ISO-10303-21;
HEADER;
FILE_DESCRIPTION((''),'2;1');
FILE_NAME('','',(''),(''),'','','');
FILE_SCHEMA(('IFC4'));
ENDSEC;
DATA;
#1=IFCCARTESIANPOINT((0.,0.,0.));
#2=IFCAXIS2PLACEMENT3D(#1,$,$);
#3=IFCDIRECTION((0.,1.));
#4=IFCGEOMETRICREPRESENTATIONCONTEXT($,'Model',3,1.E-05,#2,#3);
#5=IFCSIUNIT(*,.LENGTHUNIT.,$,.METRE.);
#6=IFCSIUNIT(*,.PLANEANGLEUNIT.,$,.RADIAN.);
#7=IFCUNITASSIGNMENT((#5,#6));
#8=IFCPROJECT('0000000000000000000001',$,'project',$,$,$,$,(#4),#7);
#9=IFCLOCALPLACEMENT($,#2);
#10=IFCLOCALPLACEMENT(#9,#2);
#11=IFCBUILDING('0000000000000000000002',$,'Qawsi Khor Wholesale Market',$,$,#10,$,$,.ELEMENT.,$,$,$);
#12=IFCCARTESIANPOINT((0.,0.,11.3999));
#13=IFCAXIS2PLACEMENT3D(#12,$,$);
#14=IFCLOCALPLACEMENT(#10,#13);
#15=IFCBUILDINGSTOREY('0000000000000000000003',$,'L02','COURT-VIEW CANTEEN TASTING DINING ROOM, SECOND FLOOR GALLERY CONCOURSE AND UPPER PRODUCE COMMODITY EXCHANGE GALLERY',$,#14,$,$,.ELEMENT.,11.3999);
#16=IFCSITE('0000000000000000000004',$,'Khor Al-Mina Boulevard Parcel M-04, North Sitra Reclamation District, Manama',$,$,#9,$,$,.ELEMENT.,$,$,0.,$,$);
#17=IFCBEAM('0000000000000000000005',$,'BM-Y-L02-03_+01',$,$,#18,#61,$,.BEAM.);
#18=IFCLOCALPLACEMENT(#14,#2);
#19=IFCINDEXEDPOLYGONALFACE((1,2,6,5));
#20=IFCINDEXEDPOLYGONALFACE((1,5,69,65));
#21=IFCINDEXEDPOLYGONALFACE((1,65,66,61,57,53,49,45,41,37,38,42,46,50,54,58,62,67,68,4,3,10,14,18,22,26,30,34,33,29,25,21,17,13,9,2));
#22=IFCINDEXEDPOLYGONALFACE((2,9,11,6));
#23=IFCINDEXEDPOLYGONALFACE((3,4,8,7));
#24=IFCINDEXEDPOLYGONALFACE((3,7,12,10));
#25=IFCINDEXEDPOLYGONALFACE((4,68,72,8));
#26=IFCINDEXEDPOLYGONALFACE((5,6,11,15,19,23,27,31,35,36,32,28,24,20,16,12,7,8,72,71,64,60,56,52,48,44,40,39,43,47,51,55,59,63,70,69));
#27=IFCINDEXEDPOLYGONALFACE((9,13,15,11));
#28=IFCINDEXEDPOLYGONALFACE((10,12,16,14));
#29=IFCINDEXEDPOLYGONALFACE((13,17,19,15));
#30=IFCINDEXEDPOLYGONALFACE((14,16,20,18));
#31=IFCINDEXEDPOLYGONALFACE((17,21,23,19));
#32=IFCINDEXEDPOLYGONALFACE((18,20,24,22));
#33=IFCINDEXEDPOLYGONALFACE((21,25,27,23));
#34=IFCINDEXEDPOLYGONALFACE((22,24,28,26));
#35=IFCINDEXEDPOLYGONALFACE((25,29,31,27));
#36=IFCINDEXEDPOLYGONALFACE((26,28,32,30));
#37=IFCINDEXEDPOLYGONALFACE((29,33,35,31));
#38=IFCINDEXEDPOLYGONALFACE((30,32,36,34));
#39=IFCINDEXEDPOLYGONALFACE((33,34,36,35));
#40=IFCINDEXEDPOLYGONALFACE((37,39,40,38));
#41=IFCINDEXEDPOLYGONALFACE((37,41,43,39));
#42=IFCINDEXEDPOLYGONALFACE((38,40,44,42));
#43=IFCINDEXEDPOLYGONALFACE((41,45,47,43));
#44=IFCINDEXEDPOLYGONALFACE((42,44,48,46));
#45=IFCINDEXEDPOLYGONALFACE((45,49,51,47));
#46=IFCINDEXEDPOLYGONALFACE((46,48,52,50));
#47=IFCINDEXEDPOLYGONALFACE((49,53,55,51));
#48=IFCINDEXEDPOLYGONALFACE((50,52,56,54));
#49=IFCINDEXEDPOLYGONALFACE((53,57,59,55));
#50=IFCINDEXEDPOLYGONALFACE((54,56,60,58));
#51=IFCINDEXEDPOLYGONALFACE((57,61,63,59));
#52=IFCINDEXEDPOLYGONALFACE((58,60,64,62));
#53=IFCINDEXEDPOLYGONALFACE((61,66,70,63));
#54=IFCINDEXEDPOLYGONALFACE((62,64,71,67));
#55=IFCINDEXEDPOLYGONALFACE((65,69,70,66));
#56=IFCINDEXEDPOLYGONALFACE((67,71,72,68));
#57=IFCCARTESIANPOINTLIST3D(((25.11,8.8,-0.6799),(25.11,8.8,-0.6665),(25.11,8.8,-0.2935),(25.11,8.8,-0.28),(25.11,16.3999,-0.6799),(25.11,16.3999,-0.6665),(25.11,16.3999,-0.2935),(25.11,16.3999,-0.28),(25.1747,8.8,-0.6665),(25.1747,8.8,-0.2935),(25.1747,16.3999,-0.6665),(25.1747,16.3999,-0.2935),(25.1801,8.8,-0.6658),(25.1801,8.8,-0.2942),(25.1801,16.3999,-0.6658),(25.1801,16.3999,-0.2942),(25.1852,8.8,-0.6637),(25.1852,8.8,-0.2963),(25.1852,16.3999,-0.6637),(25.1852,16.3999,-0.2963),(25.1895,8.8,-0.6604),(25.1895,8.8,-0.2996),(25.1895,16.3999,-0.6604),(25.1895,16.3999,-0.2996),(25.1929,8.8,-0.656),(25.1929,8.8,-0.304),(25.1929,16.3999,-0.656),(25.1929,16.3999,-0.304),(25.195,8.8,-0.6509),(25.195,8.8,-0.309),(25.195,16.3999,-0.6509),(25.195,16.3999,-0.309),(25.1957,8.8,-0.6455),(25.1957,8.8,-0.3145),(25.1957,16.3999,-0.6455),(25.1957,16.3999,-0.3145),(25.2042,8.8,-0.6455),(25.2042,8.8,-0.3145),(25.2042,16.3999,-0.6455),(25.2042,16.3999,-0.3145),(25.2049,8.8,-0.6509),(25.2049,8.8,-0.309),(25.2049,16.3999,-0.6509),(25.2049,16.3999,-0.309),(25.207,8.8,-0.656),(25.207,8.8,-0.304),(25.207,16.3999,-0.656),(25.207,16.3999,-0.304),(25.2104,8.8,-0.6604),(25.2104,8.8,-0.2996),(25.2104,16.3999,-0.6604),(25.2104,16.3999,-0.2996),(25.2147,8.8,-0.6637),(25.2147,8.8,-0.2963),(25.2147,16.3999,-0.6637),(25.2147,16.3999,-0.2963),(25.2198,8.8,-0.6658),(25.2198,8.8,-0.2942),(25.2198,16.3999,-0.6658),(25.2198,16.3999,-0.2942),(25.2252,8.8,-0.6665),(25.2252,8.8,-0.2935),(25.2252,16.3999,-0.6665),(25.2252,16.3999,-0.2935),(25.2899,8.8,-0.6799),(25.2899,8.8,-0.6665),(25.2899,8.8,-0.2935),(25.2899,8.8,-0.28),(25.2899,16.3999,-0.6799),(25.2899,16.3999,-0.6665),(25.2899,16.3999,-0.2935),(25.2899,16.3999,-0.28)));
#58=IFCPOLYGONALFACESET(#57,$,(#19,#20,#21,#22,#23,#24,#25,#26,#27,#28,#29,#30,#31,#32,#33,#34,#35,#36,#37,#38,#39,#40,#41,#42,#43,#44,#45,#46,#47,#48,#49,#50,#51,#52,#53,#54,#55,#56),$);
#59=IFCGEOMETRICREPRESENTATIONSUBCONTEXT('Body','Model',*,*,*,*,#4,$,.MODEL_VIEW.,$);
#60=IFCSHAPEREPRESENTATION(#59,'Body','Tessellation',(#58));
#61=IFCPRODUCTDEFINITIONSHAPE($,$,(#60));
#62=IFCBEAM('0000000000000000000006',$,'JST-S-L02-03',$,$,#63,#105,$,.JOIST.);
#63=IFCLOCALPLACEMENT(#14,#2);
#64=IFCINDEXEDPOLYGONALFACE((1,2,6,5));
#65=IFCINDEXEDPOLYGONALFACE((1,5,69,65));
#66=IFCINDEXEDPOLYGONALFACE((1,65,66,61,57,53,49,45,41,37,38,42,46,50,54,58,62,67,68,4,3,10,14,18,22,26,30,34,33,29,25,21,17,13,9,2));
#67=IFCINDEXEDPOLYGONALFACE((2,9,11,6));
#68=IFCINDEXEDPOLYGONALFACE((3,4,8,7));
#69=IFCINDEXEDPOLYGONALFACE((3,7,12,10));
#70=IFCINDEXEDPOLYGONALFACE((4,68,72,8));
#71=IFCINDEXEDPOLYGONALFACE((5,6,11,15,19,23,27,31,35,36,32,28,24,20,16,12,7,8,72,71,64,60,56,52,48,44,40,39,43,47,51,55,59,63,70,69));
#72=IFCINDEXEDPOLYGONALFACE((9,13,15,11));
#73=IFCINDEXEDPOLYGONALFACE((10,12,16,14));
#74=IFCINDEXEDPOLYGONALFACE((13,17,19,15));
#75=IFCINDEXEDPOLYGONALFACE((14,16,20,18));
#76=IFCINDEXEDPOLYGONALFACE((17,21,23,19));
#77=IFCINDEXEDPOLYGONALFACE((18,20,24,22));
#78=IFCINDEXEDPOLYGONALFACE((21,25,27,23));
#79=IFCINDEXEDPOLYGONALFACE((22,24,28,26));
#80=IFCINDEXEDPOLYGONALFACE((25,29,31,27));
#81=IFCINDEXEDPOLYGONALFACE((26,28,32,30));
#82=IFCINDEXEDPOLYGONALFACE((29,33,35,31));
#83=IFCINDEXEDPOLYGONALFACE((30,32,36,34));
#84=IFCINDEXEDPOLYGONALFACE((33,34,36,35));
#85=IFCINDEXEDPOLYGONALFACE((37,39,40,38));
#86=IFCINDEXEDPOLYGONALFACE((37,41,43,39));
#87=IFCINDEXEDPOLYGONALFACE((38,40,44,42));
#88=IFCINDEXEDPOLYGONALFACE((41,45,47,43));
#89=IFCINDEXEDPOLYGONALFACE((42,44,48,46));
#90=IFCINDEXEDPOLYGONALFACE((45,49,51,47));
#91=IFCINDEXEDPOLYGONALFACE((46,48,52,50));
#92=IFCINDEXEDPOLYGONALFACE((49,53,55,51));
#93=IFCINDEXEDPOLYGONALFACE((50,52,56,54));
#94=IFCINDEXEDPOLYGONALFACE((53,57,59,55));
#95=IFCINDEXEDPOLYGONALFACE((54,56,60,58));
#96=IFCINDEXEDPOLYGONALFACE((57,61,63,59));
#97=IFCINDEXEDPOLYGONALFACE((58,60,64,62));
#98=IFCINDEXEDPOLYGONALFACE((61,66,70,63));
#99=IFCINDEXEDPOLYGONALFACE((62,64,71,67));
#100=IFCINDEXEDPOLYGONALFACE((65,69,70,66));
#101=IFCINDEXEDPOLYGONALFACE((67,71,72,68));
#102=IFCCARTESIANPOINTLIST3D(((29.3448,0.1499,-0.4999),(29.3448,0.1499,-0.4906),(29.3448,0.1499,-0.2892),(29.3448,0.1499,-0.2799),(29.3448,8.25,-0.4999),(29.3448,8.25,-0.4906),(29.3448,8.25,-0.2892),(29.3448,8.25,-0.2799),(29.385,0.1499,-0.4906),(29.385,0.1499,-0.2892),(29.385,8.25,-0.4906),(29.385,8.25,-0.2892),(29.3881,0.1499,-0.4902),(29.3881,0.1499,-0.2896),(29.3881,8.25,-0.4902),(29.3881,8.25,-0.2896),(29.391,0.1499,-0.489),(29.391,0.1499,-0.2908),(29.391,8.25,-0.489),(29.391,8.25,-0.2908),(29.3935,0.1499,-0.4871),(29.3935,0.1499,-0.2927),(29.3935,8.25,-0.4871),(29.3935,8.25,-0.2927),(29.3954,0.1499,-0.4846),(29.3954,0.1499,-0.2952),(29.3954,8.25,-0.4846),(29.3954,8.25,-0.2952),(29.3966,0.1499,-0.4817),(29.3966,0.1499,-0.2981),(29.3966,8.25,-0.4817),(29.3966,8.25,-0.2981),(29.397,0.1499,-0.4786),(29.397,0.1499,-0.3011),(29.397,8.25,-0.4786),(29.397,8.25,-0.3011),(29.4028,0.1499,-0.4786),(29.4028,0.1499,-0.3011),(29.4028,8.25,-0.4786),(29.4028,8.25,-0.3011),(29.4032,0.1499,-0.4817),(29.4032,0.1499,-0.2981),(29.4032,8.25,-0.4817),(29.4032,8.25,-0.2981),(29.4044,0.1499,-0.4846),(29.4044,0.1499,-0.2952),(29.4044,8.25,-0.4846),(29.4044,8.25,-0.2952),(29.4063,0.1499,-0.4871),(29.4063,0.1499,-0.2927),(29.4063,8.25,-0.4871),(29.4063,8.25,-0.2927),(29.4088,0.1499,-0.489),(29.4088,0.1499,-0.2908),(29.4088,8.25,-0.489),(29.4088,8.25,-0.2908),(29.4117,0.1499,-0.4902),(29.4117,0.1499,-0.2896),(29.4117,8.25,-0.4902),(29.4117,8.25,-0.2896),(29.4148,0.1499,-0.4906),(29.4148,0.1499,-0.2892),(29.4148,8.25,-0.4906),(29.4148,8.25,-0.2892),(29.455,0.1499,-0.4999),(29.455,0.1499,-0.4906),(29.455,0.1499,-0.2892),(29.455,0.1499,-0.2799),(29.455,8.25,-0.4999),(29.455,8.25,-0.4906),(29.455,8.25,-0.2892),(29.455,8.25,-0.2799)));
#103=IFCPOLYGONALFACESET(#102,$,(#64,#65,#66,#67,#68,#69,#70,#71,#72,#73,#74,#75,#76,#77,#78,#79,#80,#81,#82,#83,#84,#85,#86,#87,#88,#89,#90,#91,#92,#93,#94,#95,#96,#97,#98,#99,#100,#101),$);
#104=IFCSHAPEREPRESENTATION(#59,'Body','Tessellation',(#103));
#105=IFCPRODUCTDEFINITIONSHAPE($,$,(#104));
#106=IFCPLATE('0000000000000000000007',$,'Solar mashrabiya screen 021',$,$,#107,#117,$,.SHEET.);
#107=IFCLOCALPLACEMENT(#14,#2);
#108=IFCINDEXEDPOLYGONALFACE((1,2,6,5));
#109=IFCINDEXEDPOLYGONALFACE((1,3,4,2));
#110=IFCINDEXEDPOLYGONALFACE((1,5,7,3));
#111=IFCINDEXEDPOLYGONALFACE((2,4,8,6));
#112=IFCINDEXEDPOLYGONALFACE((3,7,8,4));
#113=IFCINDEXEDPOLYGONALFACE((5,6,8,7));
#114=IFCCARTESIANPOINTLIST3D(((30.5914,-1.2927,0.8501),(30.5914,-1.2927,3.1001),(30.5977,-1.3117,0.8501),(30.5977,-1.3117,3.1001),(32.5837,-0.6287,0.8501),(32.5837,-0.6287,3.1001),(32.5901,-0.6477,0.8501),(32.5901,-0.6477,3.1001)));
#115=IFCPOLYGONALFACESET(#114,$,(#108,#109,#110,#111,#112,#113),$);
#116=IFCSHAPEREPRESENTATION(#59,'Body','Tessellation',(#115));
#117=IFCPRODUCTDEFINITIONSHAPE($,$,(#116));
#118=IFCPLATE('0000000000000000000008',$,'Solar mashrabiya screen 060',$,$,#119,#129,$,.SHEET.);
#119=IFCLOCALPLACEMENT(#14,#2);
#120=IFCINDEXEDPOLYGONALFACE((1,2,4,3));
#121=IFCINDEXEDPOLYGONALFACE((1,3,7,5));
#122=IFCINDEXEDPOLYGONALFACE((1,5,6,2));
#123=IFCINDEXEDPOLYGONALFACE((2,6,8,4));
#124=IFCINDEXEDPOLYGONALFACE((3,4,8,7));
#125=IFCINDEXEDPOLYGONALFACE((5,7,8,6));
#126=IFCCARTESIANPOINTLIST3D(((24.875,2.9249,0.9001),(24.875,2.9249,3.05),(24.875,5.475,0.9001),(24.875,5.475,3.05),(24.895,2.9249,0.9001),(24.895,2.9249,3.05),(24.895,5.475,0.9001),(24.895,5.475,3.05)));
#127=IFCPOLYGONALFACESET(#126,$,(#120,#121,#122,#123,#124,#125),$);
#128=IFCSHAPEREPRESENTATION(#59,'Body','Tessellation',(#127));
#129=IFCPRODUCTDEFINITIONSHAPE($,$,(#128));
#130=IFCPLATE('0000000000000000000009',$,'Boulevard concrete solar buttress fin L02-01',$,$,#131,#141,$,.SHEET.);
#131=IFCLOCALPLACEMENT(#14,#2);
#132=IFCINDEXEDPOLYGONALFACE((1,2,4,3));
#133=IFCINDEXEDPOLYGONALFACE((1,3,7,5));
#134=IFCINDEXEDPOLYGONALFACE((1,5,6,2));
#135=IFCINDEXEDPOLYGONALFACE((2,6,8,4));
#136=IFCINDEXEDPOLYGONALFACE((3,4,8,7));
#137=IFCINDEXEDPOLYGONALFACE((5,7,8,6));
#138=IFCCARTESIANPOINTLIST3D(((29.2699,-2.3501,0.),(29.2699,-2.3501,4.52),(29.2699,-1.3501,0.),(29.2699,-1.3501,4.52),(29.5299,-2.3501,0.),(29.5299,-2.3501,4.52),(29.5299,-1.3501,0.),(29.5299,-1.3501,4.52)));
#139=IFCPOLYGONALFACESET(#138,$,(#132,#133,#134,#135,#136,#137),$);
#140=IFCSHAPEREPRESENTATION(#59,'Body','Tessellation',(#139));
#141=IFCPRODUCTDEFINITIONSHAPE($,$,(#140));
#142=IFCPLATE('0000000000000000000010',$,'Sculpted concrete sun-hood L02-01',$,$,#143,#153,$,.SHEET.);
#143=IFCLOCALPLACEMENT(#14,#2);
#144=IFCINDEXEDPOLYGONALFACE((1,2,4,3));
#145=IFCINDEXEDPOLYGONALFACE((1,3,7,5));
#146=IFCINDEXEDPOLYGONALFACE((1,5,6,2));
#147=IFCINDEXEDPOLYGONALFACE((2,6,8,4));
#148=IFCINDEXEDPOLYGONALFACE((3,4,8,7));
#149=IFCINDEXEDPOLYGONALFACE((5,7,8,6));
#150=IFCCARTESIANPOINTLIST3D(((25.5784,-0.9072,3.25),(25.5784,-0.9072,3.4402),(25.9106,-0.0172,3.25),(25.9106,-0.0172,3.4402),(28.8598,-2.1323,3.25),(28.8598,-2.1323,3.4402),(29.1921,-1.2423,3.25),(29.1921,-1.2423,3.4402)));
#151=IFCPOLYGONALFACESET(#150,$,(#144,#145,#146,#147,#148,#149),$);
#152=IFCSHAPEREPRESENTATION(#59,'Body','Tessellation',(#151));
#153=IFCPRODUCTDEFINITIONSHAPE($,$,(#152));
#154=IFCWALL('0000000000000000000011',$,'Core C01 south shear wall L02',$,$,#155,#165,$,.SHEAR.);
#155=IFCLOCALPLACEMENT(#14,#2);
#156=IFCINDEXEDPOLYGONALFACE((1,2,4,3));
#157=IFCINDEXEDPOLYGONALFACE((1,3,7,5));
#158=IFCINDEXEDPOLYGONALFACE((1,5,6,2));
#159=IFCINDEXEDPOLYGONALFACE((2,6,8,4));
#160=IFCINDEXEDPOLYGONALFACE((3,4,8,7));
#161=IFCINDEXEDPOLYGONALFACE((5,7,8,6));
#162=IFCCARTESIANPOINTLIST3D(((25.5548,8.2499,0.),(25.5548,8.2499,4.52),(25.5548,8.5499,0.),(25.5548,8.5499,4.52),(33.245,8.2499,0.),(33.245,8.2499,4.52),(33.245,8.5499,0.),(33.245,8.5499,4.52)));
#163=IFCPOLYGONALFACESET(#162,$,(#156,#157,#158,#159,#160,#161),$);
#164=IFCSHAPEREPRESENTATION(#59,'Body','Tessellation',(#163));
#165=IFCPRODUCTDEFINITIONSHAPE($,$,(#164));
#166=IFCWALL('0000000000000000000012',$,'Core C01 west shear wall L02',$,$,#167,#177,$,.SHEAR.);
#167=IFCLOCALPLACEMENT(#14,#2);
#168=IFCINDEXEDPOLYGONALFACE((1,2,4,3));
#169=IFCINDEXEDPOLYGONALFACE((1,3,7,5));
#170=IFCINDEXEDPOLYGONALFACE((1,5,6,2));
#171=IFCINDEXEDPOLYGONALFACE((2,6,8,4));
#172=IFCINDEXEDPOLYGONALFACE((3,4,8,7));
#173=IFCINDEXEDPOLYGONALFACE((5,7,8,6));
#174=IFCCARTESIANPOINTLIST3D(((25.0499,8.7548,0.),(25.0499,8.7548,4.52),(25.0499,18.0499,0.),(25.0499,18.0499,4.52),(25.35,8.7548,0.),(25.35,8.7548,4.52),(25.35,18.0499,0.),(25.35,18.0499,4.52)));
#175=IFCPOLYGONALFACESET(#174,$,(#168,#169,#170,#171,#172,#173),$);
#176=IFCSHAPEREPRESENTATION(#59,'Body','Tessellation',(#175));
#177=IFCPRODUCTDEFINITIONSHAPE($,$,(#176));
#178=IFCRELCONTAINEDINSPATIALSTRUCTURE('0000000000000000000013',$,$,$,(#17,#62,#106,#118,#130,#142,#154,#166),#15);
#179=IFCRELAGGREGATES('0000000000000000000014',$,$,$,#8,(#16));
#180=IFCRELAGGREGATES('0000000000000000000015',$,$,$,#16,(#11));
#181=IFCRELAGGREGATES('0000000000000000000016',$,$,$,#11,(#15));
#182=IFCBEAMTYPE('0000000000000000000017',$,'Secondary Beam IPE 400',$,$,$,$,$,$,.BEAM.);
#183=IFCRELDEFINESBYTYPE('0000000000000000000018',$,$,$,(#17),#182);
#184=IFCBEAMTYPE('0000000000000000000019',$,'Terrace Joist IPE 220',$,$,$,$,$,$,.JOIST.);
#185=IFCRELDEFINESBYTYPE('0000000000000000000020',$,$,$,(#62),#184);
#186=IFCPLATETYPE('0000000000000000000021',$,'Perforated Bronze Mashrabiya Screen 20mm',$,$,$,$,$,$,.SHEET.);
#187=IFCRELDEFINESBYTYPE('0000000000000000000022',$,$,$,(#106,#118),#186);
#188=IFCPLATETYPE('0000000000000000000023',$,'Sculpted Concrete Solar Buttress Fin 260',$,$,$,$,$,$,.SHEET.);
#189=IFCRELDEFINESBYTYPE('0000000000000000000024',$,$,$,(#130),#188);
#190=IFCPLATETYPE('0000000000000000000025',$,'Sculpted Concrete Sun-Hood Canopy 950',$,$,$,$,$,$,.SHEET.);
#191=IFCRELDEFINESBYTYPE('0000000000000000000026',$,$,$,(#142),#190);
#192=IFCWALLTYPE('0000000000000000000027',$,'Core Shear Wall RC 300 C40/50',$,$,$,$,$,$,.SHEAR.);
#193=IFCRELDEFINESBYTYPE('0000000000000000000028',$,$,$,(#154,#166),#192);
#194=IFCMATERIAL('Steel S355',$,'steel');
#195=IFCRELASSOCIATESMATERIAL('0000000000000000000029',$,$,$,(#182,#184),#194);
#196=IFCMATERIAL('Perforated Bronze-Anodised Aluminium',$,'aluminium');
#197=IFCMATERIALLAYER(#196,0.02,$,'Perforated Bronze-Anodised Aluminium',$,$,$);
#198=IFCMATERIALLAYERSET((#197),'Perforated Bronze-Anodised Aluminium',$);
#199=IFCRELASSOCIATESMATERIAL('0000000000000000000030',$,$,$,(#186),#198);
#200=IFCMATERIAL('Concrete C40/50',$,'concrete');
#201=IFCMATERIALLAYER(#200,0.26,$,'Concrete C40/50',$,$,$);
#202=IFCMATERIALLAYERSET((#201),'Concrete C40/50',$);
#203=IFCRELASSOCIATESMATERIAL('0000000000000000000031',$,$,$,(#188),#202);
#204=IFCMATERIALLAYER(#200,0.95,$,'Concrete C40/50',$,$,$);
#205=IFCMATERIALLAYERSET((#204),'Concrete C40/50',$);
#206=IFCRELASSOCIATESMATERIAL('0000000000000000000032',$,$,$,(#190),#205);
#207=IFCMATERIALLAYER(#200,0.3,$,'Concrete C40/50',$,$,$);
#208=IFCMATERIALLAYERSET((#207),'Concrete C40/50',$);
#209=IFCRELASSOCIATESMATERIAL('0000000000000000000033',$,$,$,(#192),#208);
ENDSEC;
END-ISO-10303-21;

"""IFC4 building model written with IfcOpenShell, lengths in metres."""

from ifc_helpers import new_model, si_unit, direction, frame, frame_2d, origin, origin_2d, place, context, subcontext, project, spatial, rectangle, i_section, extrude, material, layer, layer_set, material_profile, profile_set, type_object, element, save


model = new_model("IFC4")

# Units and contexts
model_context = context("Model", 3, precision=1e-05, world=origin(), true_north=direction((0.0, 1.0)))
body_context = subcontext(model_context, "Body", "Model", "MODEL_VIEW")
ifc_project = project(units=[si_unit("LENGTHUNIT", "METRE"), si_unit("PLANEANGLEUNIT", "RADIAN")], contexts=[model_context])

# Site, building, storey
site_placement = place(None, origin())
site = spatial("IfcSite", under=ifc_project, at=site_placement, Name="Khor Al-Mina Boulevard Parcel M-04, North Sitra Reclamation District, Manama", CompositionType="ELEMENT", RefElevation=0.0)
building_placement = place(site_placement, origin())
building = spatial("IfcBuilding", under=site, at=building_placement, Name="Qawsi Khor Wholesale Market", CompositionType="ELEMENT")
storey_placement = place(building_placement, frame((0.0, 0.0, 11.3999)))
storey = spatial("IfcBuildingStorey", under=building, at=storey_placement, Name="L02", Description="COURT-VIEW CANTEEN TASTING DINING ROOM, SECOND FLOOR GALLERY CONCOURSE AND UPPER PRODUCE COMMODITY EXCHANGE GALLERY", CompositionType="ELEMENT", Elevation=11.3999)

# Shared definitions
ifc_material_1 = material(Name="Concrete C40/50", Category="concrete")

# Beams
ifc_material_2 = material(Name="Steel S355", Category="steel")
ifc_material_profile_1 = material_profile(ifc_material_2, i_section(OverallWidth=0.1799, OverallDepth=0.3999, WebThickness=0.0085, FlangeThickness=0.0134, FilletRadius=0.021, at=origin_2d()), Name="IPE 400")
ifc_profile_set_1 = profile_set([ifc_material_profile_1], Name="Steel S355")
beam_type_1 = type_object("IfcBeamType", Name="Secondary Beam IPE 400", PredefinedType="BEAM", material=ifc_profile_set_1)
beam_1_placement = place(storey_placement, frame((25.2, 8.8, -0.48), z_axis=(0.0, 1.0, 0.0), x_axis=(-1.0, 0.0, 0.0)))
element("IfcBeam", 1, at=beam_1_placement, inside=storey, type_object=beam_type_1, Name="BM-Y-L02-03_+01", PredefinedType="BEAM", context=body_context, shape_type="SweptSolid", body=[
    extrude(i_section(OverallWidth=0.1799, OverallDepth=0.3999, WebThickness=0.0085, FlangeThickness=0.0134, FilletRadius=0.021, at=origin_2d()), origin(), (0.0, 0.0, 1.0), 7.5999),
])
ifc_material_profile_2 = material_profile(ifc_material_2, i_section(OverallWidth=0.1101, OverallDepth=0.22, WebThickness=0.0059, FlangeThickness=0.0093, FilletRadius=0.012, at=origin_2d()), Name="IPE 220")
ifc_profile_set_2 = profile_set([ifc_material_profile_2], Name="Steel S355")
beam_type_2 = type_object("IfcBeamType", Name="Terrace Joist IPE 220", PredefinedType="JOIST", material=ifc_profile_set_2)
beam_2_placement = place(storey_placement, frame((29.3999, 0.1499, -0.3899), z_axis=(0.0, 1.0, 0.0), x_axis=(-1.0, 0.0, 0.0)))
element("IfcBeam", 2, at=beam_2_placement, inside=storey, type_object=beam_type_2, Name="JST-S-L02-03", PredefinedType="JOIST", context=body_context, shape_type="SweptSolid", body=[
    extrude(i_section(OverallWidth=0.1101, OverallDepth=0.22, WebThickness=0.0059, FlangeThickness=0.0093, FilletRadius=0.012, at=origin_2d()), origin(), (0.0, 0.0, 1.0), 8.1001),
])

# Plates
ifc_material_3 = material(Name="Perforated Bronze-Anodised Aluminium", Category="aluminium")
ifc_layer_1 = layer(ifc_material_3, 0.02, Name="Perforated Bronze-Anodised Aluminium")
ifc_layer_set_1 = layer_set([ifc_layer_1], Name="Perforated Bronze-Anodised Aluminium")
plate_type_1 = type_object("IfcPlateType", Name="Perforated Bronze Mashrabiya Screen 20mm", PredefinedType="SHEET", material=ifc_layer_set_1)
plate_1_placement = place(storey_placement, frame((32.5869, -0.6382, 0.8501), z_axis=(0.0, 0.0, 1.0), x_axis=(-0.948695, -0.316193, 0.0)))
element("IfcPlate", 3, at=plate_1_placement, inside=storey, type_object=plate_type_1, Name="Solar mashrabiya screen 021", PredefinedType="SHEET", context=body_context, shape_type="SweptSolid", body=[
    extrude(rectangle(XDim=2.1001, YDim=0.02, at=frame_2d((1.05, 0.0))), origin(), (0.0, 0.0, 1.0), 2.25),
])
plate_2_placement = place(storey_placement, frame((24.885, 2.925, 0.9001), z_axis=(0.0, 0.0, 1.0), x_axis=(0.0, 1.0, 0.0)))
element("IfcPlate", 4, at=plate_2_placement, inside=storey, type_object=plate_type_1, Name="Solar mashrabiya screen 060", PredefinedType="SHEET", context=body_context, shape_type="SweptSolid", body=[
    extrude(rectangle(XDim=2.55, YDim=0.02, at=frame_2d((1.2749, 0.0))), origin(), (0.0, 0.0, 1.0), 2.1499),
])
ifc_layer_2 = layer(ifc_material_1, 0.26, Name="Concrete C40/50")
ifc_layer_set_2 = layer_set([ifc_layer_2], Name="Concrete C40/50")
plate_type_2 = type_object("IfcPlateType", Name="Sculpted Concrete Solar Buttress Fin 260", PredefinedType="SHEET", material=ifc_layer_set_2)
plate_3_placement = place(storey_placement, frame((29.3999, -2.3501, 0.0), z_axis=(0.0, 0.0, 1.0), x_axis=(0.0, 1.0, 0.0)))
element("IfcPlate", 5, at=plate_3_placement, inside=storey, type_object=plate_type_2, Name="Boulevard concrete solar buttress fin L02-01", PredefinedType="SHEET", context=body_context, shape_type="SweptSolid", body=[
    extrude(rectangle(XDim=1.0, YDim=0.26, at=frame_2d((0.5, 0.0))), origin(), (0.0, 0.0, 1.0), 4.52),
])
ifc_layer_3 = layer(ifc_material_1, 0.95, Name="Concrete C40/50")
ifc_layer_set_3 = layer_set([ifc_layer_3], Name="Concrete C40/50")
plate_type_3 = type_object("IfcPlateType", Name="Sculpted Concrete Sun-Hood Canopy 950", PredefinedType="SHEET", material=ifc_layer_set_3)
plate_4_placement = place(storey_placement, frame((25.7444, -0.4622, 3.25), z_axis=(0.0, 0.0, 1.0), x_axis=(0.936841, -0.349756, 0.0)))
element("IfcPlate", 6, at=plate_4_placement, inside=storey, type_object=plate_type_3, Name="Sculpted concrete sun-hood L02-01", PredefinedType="SHEET", context=body_context, shape_type="SweptSolid", body=[
    extrude(rectangle(XDim=3.5027, YDim=0.95, at=frame_2d((1.7515, 0.0))), origin(), (0.0, 0.0, 1.0), 0.1902),
])

# Walls
ifc_layer_4 = layer(ifc_material_1, 0.3, Name="Concrete C40/50")
ifc_layer_set_4 = layer_set([ifc_layer_4], Name="Concrete C40/50")
wall_type_1 = type_object("IfcWallType", Name="Core Shear Wall RC 300 C40/50", PredefinedType="SHEAR", material=ifc_layer_set_4)
wall_1_placement = place(storey_placement, frame((33.2451, 8.3999, 0.0), z_axis=(0.0, 0.0, 1.0), x_axis=(-1.0, 0.0, 0.0)))
element("IfcWall", 7, at=wall_1_placement, inside=storey, type_object=wall_type_1, Name="Core C01 south shear wall L02", PredefinedType="SHEAR", context=body_context, shape_type="SweptSolid", body=[
    extrude(rectangle(XDim=7.6902, YDim=0.3, at=frame_2d((3.8452, 0.0))), origin(), (0.0, 0.0, 1.0), 4.52),
])
wall_2_placement = place(storey_placement, frame((25.2, 8.7549, 0.0), z_axis=(0.0, 0.0, 1.0), x_axis=(0.0, 1.0, 0.0)))
element("IfcWall", 8, at=wall_2_placement, inside=storey, type_object=wall_type_1, Name="Core C01 west shear wall L02", PredefinedType="SHEAR", context=body_context, shape_type="SweptSolid", body=[
    extrude(rectangle(XDim=9.2952, YDim=0.3, at=frame_2d((4.6475, 0.0))), origin(), (0.0, 0.0, 1.0), 4.52),
])

save(model, "model.ifc")
